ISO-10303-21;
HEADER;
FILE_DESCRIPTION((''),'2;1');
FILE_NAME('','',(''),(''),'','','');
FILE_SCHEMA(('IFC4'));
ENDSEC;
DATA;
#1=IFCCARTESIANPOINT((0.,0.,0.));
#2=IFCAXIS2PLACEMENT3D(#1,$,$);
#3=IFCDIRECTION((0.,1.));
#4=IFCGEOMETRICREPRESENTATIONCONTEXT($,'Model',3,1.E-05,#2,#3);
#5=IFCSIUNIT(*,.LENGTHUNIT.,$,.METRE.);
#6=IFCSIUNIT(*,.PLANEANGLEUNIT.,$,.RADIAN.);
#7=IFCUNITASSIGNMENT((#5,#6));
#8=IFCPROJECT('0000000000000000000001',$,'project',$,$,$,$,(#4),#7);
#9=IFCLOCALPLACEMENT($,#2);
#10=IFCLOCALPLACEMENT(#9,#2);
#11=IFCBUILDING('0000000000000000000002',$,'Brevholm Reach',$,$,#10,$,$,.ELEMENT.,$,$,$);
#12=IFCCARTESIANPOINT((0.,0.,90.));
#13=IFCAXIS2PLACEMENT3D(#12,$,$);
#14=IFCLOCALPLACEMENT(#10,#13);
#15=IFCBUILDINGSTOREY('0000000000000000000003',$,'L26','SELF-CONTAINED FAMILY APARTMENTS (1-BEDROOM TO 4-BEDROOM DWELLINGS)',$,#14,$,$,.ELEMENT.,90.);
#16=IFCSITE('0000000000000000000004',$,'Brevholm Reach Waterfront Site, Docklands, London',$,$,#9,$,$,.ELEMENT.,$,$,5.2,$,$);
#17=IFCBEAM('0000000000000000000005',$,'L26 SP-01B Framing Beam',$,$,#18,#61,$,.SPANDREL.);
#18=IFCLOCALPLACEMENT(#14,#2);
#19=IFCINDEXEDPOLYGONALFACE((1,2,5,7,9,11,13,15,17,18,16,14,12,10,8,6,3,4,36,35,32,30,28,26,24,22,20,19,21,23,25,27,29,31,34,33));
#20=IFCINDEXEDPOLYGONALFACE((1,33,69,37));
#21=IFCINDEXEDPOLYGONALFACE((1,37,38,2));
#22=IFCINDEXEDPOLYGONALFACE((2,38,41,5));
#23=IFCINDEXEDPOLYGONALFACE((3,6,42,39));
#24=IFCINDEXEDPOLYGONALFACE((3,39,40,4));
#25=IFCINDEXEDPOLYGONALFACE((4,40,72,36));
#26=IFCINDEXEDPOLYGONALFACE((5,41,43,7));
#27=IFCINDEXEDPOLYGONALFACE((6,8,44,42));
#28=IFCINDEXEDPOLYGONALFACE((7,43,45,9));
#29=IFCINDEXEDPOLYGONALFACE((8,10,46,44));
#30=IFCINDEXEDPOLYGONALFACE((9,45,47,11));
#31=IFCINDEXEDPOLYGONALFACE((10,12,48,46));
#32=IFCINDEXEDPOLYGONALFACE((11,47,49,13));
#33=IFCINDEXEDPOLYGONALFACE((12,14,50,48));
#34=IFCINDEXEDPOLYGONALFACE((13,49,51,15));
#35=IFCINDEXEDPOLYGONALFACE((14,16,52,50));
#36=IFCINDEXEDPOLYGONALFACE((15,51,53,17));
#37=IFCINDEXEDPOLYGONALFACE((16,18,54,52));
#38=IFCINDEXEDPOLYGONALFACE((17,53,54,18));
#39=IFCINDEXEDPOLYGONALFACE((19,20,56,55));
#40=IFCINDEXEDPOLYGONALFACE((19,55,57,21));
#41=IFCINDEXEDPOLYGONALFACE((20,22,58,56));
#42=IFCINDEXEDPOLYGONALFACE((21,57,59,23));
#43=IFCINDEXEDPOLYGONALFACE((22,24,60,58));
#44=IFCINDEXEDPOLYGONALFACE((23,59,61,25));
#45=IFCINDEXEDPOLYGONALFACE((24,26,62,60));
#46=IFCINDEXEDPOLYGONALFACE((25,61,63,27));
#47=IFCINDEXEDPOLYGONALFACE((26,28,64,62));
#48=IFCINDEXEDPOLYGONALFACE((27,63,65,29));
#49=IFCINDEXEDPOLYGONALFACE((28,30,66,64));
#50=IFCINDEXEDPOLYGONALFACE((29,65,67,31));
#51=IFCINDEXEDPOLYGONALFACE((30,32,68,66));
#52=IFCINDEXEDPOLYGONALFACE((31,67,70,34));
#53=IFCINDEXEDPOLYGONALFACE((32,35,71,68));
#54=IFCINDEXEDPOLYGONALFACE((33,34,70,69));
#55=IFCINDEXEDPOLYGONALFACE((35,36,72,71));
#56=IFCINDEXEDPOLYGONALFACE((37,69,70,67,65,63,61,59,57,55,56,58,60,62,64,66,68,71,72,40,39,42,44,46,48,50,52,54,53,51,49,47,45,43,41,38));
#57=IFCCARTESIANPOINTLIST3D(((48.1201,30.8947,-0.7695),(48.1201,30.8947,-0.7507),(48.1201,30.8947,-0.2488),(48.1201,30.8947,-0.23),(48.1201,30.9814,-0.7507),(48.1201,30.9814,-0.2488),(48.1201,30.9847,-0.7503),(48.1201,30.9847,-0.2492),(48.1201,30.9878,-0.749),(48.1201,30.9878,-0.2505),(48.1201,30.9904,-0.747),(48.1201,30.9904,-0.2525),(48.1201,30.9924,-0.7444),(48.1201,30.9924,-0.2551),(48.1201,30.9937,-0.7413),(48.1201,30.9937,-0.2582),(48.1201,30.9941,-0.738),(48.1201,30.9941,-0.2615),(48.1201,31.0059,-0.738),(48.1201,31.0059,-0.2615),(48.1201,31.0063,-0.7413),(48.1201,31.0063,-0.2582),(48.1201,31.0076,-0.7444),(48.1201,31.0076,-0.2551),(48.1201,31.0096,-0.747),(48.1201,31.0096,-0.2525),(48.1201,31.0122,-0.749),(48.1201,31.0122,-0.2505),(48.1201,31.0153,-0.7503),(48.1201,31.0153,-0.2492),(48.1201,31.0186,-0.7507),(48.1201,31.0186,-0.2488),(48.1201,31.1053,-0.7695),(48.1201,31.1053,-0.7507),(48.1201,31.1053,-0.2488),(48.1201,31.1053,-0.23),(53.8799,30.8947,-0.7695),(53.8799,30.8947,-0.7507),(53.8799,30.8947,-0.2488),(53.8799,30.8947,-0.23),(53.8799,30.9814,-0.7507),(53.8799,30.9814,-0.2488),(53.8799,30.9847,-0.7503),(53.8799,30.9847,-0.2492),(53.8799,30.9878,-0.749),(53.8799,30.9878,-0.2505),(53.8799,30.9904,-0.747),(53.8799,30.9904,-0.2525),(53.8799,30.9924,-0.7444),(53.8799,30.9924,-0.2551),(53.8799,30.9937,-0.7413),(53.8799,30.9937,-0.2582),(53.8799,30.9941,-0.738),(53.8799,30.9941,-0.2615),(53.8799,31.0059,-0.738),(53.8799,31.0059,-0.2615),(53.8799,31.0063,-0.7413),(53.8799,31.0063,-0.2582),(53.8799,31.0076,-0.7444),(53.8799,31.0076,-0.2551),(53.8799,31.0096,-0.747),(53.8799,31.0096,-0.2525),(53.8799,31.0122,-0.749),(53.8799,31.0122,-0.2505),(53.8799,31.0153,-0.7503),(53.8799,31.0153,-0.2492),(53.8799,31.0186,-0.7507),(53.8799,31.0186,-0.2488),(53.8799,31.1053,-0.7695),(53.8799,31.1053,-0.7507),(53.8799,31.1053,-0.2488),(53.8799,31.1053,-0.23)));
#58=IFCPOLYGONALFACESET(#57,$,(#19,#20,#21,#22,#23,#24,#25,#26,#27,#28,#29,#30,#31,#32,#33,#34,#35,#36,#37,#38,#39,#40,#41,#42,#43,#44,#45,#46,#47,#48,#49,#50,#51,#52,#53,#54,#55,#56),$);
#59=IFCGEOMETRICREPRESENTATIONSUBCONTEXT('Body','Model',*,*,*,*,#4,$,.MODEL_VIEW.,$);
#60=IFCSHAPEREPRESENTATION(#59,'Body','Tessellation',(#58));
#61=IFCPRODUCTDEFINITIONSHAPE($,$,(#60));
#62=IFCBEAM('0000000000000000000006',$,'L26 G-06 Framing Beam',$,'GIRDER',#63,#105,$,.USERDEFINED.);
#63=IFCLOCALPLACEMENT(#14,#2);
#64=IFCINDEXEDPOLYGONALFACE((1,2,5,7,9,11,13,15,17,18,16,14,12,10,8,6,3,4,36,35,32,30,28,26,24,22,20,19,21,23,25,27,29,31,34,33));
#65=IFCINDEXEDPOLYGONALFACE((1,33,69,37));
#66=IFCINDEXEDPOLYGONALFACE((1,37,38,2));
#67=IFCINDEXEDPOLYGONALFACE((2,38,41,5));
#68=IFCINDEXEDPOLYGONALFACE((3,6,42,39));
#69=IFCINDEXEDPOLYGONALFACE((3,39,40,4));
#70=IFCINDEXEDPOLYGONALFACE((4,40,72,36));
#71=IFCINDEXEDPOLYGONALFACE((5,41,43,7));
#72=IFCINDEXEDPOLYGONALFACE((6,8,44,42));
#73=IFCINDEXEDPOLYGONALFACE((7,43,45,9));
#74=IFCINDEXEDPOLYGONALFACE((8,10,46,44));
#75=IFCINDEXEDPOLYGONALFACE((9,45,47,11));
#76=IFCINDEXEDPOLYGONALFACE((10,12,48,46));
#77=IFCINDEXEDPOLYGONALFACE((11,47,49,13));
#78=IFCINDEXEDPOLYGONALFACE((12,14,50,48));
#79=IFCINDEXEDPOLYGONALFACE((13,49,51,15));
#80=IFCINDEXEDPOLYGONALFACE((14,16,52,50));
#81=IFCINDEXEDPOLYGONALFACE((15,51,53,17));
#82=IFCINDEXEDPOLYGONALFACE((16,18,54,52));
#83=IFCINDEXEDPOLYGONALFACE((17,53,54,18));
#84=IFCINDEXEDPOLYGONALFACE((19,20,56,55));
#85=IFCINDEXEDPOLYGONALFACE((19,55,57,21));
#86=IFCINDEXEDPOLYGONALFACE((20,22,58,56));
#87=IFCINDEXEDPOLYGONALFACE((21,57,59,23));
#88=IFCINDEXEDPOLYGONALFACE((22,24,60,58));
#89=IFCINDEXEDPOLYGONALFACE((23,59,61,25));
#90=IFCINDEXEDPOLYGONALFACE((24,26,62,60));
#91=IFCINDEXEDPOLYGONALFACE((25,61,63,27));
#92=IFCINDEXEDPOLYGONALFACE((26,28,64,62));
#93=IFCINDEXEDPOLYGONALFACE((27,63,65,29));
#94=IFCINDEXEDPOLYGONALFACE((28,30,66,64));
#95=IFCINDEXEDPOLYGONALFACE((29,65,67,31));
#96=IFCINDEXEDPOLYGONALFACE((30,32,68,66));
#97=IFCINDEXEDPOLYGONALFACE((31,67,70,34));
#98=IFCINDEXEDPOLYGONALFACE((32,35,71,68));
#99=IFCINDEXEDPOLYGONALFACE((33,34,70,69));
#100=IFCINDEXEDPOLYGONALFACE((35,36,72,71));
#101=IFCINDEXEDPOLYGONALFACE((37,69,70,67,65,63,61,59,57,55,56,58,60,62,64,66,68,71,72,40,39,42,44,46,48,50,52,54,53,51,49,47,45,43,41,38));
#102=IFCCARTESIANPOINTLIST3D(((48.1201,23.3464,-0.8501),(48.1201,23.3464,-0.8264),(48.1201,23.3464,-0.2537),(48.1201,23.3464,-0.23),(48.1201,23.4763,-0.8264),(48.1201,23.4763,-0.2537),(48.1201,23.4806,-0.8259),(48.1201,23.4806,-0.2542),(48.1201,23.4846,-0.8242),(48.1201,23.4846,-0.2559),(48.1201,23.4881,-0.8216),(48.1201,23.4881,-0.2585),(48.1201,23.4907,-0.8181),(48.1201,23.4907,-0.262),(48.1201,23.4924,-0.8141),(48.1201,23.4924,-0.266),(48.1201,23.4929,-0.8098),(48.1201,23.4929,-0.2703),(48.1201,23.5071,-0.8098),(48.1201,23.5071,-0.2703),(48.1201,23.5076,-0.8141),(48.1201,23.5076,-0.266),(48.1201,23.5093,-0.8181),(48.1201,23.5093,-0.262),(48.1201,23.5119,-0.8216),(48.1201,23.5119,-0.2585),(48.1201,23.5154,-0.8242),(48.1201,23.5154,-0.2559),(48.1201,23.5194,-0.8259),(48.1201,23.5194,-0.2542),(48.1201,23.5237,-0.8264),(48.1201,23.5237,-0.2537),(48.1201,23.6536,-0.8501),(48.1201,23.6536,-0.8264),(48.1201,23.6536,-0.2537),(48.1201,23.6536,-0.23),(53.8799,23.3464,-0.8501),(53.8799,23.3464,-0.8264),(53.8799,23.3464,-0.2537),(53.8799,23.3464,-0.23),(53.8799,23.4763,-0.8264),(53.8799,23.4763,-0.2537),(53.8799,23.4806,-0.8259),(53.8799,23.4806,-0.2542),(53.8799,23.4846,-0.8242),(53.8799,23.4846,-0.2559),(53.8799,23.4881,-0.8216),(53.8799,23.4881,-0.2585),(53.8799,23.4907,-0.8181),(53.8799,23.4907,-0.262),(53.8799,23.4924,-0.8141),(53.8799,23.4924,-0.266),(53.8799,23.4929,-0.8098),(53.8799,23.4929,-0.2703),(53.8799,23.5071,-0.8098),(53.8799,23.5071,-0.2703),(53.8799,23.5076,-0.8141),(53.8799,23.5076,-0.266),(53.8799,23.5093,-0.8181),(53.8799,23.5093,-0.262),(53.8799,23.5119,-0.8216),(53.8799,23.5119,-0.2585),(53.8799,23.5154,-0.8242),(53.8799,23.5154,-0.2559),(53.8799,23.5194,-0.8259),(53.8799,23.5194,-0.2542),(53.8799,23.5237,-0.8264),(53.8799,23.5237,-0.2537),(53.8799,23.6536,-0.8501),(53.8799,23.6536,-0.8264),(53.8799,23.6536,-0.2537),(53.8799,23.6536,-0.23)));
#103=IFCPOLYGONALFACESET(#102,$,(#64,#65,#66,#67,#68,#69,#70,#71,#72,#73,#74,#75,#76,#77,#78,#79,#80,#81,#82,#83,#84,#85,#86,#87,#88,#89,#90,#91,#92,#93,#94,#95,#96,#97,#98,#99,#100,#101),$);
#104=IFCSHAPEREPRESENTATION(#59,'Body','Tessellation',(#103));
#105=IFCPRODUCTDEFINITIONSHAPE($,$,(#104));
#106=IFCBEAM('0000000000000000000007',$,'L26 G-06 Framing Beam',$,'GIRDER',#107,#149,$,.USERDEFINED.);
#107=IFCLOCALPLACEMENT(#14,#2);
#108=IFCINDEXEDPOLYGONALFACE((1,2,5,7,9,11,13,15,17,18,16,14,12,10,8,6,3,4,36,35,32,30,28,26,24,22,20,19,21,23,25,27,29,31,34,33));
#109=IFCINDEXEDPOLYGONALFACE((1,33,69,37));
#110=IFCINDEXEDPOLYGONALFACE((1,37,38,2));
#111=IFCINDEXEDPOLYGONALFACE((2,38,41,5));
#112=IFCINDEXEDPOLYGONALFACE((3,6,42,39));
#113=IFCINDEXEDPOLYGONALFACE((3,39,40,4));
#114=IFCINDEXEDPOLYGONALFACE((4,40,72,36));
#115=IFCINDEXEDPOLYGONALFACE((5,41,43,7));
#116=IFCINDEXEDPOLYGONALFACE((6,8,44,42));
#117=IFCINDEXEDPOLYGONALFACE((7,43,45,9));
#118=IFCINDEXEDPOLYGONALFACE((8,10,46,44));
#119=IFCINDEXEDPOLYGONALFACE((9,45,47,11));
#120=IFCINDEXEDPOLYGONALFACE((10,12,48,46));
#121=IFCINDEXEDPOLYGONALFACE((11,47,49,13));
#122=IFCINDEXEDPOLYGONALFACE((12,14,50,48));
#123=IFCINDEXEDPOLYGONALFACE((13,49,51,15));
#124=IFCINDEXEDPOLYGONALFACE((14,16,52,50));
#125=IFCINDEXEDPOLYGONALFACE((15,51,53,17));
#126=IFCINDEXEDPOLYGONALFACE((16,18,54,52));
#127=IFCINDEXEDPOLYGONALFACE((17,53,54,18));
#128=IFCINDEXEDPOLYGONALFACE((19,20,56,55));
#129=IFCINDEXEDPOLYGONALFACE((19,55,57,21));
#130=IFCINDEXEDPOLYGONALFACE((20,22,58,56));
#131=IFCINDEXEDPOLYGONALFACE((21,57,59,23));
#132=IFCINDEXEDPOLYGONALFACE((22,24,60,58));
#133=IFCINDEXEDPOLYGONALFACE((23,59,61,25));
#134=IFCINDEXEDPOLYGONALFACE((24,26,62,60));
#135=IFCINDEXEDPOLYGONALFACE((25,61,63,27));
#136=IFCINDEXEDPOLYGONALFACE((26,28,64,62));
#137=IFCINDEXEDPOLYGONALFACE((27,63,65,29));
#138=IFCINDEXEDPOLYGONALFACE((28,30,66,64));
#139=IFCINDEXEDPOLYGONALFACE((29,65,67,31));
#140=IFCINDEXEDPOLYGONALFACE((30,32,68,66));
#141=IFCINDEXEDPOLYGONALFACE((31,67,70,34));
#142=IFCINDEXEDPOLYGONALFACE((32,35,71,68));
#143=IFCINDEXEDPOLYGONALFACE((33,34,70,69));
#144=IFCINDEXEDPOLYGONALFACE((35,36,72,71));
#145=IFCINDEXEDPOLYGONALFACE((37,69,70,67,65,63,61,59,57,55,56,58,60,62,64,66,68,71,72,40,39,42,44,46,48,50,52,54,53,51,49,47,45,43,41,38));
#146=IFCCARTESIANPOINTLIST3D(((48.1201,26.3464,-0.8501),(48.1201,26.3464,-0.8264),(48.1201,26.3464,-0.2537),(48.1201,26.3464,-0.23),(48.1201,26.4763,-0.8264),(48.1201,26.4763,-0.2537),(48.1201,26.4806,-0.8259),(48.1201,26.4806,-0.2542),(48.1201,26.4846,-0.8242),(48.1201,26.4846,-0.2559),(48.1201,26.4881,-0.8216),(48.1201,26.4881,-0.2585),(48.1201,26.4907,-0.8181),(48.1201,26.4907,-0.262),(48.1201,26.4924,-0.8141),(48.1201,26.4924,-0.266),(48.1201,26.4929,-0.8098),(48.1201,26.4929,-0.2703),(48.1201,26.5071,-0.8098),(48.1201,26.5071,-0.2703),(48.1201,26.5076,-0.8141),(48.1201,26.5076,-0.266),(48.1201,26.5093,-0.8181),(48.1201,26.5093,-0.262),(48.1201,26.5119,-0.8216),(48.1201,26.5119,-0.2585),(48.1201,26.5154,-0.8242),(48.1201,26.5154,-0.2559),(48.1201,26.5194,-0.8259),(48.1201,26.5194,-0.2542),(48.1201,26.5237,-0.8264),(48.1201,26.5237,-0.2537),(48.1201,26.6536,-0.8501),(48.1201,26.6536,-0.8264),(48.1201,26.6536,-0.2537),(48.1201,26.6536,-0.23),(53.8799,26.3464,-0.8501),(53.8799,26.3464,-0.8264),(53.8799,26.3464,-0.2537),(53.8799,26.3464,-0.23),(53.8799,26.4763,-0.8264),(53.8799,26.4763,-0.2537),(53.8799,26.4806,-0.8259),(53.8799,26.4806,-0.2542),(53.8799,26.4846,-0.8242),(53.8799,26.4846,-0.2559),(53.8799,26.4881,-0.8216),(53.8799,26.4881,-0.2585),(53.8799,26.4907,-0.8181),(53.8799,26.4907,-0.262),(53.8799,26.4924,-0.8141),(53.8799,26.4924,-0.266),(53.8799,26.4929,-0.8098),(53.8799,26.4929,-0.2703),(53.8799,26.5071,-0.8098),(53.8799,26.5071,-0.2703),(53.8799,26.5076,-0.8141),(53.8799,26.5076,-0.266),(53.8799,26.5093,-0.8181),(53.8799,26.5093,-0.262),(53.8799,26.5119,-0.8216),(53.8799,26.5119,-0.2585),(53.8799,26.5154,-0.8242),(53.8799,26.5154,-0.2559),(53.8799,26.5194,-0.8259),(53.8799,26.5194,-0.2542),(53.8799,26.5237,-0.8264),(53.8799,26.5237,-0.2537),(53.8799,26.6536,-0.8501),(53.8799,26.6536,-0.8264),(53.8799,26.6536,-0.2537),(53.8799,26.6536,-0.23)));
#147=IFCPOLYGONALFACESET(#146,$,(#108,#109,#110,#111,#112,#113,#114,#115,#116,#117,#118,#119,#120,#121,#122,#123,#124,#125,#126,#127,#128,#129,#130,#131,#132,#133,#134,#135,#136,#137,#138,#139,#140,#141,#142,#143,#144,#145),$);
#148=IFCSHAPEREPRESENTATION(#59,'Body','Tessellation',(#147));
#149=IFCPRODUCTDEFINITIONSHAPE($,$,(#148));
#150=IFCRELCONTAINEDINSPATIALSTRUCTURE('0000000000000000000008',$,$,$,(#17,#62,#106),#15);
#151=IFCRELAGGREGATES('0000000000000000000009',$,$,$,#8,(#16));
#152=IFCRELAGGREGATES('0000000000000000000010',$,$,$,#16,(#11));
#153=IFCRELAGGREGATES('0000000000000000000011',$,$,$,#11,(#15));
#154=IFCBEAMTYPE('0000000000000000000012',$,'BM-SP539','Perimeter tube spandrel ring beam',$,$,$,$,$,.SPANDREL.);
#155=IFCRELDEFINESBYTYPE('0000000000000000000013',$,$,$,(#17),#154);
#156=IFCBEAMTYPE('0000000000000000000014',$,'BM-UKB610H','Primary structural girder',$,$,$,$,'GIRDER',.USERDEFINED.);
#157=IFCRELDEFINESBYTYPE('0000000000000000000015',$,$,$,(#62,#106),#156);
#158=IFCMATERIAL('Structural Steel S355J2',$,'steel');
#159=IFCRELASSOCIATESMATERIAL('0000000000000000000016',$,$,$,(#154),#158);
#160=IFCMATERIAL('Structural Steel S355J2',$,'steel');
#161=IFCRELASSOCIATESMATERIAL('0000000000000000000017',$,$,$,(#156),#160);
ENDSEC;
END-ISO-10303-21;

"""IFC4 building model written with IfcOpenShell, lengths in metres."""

from ifc_helpers import new_model, si_unit, direction, frame, origin, origin_2d, place, context, subcontext, project, spatial, i_section, extrude, material, material_profile, profile_set, type_object, element, save


model = new_model("IFC4")

# Units and contexts
model_context = context("Model", 3, precision=1e-05, world=origin(), true_north=direction((0.0, 1.0)))
body_context = subcontext(model_context, "Body", "Model", "MODEL_VIEW")
ifc_project = project(units=[si_unit("LENGTHUNIT", "METRE"), si_unit("PLANEANGLEUNIT", "RADIAN")], contexts=[model_context])

# Site, building, storey
site_placement = place(None, origin())
site = spatial("IfcSite", under=ifc_project, at=site_placement, Name="Brevholm Reach Waterfront Site, Docklands, London", CompositionType="ELEMENT", RefElevation=5.2)
building_placement = place(site_placement, origin())
building = spatial("IfcBuilding", under=site, at=building_placement, Name="Brevholm Reach", CompositionType="ELEMENT")
storey_placement = place(building_placement, frame((0.0, 0.0, 90.0)))
storey = spatial("IfcBuildingStorey", under=building, at=storey_placement, Name="L26", Description="SELF-CONTAINED FAMILY APARTMENTS (1-BEDROOM TO 4-BEDROOM DWELLINGS)", CompositionType="ELEMENT", Elevation=90.0)

# Beams
ifc_material_1 = material(Name="Structural Steel S355J2", Category="steel")
ifc_material_profile_1 = material_profile(ifc_material_1, i_section(OverallWidth=0.2107, OverallDepth=0.5396, WebThickness=0.0117, FlangeThickness=0.0188, FilletRadius=0.0127, at=origin_2d()), Name="UKB 533x210x109")
ifc_profile_set_1 = profile_set([ifc_material_profile_1], Name="Structural Steel S355J2")
beam_type_1 = type_object("IfcBeamType", Name="BM-SP539", Description="Perimeter tube spandrel ring beam", PredefinedType="SPANDREL", material=ifc_profile_set_1)
beam_placement = place(storey_placement, frame((48.1201, 31.0, -0.4998), z_axis=(1.0, 0.0, 0.0), x_axis=(0.0, 1.0, 0.0)))
element("IfcBeam", 1, at=beam_placement, inside=storey, type_object=beam_type_1, Name="L26 SP-01B Framing Beam", PredefinedType="SPANDREL", context=body_context, shape_type="SweptSolid", body=[
    extrude(i_section(OverallWidth=0.2107, OverallDepth=0.5396, WebThickness=0.0117, FlangeThickness=0.0188, FilletRadius=0.0127, at=origin_2d()), origin(), (0.0, 0.0, 1.0), 5.7598),
])
ifc_material_2 = material(Name="Structural Steel S355J2", Category="steel")
ifc_material_profile_2 = material_profile(ifc_material_2, i_section(OverallWidth=0.3071, OverallDepth=0.6201, WebThickness=0.0142, FlangeThickness=0.0237, FilletRadius=0.0166, at=origin_2d()), Name="UKB 610x305x179")
ifc_profile_set_2 = profile_set([ifc_material_profile_2], Name="Structural Steel S355J2")
beam_type_2 = type_object("IfcBeamType", Name="BM-UKB610H", Description="Primary structural girder", ElementType="GIRDER", PredefinedType="USERDEFINED", material=ifc_profile_set_2)
for number, where, z_axis, x_axis, name in (
    (2, (48.1201, 23.5, -0.54), (1.0, 0.0, 0.0), (0.0, 1.0, 0.0), "L26 G-06 Framing Beam"),
    (3, (48.1201, 26.5, -0.54), (1.0, 0.0, 0.0), (0.0, 1.0, 0.0), "L26 G-06 Framing Beam"),
):
    element("IfcBeam", number, at=place(storey_placement, frame(where, z_axis=z_axis, x_axis=x_axis)), inside=storey, type_object=beam_type_2, Name=name, ObjectType="GIRDER", PredefinedType="USERDEFINED", context=body_context, shape_type="SweptSolid", body=[
        extrude(i_section(OverallWidth=0.3071, OverallDepth=0.6201, WebThickness=0.0142, FlangeThickness=0.0237, FilletRadius=0.0166, at=origin_2d()), origin(), (0.0, 0.0, 1.0), 5.7598),
    ])

save(model, "model.ifc")
